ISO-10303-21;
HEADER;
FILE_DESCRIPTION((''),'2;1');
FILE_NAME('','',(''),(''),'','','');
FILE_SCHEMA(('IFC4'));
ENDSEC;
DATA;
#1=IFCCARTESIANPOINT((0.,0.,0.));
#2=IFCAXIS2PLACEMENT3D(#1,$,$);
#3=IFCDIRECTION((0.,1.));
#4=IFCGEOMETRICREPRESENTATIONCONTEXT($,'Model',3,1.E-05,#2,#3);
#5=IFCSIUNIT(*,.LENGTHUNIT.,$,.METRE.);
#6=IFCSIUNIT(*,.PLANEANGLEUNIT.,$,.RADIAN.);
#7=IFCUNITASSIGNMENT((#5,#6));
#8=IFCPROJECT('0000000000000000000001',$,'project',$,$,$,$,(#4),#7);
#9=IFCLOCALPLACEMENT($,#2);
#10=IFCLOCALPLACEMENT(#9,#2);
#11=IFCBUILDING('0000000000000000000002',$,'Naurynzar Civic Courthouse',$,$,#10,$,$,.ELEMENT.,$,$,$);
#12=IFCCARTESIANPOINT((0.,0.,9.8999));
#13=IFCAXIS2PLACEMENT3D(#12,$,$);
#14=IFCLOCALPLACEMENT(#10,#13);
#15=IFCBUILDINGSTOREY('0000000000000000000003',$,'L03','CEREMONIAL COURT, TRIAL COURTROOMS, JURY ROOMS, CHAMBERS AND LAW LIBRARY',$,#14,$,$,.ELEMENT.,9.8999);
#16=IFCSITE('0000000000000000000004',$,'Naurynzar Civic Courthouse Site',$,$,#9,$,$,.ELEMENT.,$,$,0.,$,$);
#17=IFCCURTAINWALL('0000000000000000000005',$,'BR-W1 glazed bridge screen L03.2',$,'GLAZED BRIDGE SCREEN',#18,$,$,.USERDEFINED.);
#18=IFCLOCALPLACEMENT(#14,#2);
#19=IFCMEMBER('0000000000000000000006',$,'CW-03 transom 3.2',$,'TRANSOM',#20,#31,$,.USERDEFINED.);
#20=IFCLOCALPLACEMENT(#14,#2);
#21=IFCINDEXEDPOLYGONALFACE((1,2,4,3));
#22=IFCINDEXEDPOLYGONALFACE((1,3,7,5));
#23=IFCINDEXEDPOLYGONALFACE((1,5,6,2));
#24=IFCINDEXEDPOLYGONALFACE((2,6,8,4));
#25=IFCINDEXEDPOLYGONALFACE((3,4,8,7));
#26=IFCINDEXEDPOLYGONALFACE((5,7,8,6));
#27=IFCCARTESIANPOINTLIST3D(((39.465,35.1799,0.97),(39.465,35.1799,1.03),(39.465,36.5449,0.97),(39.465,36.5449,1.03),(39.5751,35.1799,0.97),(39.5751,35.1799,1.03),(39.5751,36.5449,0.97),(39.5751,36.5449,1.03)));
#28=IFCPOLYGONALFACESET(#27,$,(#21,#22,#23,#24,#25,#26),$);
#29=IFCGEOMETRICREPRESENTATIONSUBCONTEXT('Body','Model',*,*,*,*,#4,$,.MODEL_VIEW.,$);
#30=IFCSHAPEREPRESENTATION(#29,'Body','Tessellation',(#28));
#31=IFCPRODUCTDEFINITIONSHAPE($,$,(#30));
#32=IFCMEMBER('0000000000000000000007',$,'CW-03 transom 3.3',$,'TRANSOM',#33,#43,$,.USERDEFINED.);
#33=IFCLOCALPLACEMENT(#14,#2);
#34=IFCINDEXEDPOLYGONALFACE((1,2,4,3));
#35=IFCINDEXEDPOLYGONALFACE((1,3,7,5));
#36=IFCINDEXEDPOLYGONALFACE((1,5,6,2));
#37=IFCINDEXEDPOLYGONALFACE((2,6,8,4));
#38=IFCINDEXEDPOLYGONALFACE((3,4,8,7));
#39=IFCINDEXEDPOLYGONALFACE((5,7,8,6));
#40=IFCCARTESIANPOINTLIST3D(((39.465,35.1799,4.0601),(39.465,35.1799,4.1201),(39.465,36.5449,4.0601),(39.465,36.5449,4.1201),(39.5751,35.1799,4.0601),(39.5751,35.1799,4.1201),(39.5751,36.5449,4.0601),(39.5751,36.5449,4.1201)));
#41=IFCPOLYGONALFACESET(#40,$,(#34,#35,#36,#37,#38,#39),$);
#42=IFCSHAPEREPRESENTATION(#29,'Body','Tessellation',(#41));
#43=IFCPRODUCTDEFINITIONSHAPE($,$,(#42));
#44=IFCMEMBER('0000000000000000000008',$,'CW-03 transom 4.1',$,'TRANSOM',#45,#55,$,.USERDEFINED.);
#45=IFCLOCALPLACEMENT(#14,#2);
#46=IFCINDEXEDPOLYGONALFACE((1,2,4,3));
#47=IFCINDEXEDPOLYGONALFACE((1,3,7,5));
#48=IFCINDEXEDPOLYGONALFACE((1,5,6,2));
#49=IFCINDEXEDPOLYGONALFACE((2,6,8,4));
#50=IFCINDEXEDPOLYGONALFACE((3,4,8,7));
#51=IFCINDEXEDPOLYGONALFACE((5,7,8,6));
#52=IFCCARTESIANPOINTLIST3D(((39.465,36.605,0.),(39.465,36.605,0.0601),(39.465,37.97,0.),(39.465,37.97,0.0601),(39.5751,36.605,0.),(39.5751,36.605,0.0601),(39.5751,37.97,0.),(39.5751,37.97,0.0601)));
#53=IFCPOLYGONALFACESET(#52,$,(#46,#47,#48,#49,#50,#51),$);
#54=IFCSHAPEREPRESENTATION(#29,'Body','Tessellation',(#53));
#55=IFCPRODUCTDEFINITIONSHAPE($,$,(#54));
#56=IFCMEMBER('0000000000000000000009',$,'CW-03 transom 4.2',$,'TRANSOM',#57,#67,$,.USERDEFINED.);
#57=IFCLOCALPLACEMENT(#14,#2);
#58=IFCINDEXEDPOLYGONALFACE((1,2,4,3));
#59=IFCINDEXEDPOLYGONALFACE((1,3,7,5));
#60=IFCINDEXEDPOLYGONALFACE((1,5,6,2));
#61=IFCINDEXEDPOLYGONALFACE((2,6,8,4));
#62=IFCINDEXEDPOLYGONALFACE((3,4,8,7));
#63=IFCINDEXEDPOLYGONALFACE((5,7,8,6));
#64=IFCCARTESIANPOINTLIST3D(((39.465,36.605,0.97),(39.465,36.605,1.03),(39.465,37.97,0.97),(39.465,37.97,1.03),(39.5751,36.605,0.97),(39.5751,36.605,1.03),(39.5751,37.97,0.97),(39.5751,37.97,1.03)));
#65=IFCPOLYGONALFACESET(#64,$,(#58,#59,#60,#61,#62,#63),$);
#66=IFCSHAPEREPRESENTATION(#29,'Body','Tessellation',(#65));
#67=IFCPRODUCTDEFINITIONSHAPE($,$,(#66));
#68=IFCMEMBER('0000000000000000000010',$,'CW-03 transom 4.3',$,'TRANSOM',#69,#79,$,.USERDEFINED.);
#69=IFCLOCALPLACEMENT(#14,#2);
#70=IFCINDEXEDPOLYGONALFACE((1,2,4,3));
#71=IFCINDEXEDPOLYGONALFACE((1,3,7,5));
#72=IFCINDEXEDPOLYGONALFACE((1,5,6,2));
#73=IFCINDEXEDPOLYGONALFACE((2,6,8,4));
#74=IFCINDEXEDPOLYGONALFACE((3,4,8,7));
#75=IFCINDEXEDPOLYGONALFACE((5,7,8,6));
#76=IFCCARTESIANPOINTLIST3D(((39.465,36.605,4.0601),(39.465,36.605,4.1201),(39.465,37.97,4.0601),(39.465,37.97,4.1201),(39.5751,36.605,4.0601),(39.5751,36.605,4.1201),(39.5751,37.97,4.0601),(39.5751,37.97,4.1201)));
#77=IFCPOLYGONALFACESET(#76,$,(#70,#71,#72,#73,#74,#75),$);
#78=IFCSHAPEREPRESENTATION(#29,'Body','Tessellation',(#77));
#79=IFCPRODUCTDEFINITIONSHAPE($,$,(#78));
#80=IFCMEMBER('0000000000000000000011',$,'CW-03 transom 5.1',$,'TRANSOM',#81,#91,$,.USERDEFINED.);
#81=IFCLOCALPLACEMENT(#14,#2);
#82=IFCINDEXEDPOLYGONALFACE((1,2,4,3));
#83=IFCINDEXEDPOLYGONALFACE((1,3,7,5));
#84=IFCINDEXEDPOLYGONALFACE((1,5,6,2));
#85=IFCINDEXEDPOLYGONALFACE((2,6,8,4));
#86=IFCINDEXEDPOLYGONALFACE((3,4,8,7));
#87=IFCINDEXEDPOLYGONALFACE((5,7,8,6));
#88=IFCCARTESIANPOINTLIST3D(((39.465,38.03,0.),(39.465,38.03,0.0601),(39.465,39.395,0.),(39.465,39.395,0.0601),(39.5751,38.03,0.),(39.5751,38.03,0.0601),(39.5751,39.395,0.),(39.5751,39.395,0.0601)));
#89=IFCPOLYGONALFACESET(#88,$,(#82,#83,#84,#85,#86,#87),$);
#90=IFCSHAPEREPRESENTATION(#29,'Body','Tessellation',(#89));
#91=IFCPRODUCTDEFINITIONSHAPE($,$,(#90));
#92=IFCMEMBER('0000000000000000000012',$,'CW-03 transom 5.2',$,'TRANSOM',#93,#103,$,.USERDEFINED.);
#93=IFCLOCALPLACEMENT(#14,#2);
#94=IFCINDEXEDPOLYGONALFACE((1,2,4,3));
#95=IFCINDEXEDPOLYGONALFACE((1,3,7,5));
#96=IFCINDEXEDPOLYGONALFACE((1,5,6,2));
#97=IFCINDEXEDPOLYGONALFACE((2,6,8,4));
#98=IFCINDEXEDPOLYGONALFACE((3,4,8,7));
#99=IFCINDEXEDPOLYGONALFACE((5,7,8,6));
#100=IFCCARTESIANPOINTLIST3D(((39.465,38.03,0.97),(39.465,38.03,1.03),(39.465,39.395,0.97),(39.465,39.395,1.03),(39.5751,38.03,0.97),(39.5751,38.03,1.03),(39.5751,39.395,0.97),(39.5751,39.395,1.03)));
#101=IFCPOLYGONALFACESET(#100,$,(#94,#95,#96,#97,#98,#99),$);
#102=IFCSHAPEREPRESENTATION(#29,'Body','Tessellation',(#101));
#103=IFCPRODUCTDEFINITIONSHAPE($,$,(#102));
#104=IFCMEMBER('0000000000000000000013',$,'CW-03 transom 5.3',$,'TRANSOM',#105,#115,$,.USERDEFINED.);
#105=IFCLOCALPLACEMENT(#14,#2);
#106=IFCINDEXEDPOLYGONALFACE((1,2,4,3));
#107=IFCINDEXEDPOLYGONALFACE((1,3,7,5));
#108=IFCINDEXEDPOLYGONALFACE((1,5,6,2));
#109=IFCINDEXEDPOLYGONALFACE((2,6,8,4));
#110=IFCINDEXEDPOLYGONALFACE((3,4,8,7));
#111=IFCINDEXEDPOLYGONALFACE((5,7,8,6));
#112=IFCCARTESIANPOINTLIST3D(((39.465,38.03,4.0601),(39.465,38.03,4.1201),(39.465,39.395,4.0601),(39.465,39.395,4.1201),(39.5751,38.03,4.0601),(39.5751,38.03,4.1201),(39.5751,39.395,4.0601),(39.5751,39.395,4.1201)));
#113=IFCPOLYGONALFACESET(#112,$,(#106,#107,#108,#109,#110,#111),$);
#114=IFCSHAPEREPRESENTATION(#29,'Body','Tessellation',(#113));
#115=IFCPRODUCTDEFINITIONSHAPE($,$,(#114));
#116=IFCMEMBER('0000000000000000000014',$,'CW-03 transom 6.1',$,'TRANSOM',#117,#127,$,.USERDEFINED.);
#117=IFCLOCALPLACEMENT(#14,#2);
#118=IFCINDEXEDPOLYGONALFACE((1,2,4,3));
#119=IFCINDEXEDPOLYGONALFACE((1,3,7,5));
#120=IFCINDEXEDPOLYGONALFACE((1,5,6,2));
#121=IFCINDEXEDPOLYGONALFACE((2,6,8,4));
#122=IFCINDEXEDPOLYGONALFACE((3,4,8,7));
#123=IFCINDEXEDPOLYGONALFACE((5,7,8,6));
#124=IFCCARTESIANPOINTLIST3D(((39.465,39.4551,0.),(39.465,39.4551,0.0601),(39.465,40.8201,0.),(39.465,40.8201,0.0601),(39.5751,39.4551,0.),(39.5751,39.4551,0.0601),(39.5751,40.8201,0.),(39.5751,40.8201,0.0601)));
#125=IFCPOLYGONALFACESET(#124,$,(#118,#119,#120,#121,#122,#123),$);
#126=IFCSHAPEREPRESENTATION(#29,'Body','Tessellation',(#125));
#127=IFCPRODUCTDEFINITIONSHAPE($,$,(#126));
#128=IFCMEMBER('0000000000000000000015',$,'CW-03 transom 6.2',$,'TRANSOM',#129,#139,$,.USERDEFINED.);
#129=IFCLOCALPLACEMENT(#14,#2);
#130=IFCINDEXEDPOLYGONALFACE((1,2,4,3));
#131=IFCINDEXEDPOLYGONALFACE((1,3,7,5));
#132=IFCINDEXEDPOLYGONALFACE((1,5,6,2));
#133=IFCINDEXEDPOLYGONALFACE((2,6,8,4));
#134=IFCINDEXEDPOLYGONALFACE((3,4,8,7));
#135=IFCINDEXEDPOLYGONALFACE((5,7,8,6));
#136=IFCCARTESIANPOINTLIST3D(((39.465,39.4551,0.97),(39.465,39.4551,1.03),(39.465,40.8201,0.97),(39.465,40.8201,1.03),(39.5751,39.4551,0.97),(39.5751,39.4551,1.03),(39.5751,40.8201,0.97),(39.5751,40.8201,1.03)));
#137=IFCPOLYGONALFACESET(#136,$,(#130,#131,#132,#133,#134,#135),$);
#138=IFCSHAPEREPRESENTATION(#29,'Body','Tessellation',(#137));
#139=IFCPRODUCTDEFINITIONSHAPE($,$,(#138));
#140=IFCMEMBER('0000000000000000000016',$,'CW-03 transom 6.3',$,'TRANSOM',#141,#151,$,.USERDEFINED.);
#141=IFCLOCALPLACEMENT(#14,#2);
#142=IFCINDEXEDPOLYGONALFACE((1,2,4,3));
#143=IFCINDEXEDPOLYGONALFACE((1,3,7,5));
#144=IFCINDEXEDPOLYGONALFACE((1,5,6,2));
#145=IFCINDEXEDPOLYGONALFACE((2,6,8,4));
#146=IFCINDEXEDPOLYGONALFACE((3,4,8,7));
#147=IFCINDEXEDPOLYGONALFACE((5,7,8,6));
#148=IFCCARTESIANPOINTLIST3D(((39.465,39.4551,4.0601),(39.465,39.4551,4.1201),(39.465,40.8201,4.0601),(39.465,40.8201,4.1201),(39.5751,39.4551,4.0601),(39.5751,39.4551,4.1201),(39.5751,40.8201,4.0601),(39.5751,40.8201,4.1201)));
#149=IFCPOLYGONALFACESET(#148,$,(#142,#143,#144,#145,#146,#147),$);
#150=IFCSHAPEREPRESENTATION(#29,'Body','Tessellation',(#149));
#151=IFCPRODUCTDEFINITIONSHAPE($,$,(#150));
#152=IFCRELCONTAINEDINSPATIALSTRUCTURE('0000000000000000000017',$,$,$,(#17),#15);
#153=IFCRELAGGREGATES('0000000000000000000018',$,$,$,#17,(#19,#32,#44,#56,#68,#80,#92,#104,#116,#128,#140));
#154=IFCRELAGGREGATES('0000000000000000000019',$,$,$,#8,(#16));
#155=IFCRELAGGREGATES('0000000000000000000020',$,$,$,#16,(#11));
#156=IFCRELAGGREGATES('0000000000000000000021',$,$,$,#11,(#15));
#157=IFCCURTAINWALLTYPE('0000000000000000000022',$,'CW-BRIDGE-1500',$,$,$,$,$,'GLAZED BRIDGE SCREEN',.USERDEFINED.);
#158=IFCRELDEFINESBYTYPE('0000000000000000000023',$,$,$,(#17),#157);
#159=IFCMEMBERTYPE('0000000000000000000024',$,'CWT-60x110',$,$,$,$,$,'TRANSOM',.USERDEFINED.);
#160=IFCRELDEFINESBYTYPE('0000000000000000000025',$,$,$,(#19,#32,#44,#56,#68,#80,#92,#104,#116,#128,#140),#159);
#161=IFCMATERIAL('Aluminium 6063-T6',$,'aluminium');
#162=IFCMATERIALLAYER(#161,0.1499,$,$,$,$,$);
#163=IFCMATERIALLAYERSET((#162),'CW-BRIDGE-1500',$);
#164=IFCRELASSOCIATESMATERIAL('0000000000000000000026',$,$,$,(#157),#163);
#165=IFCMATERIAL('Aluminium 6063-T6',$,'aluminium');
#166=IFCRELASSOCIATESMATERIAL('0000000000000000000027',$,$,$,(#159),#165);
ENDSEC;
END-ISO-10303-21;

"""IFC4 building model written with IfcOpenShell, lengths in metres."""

from ifc_helpers import new_model, si_unit, direction, frame, origin, origin_2d, place, context, subcontext, project, spatial, rectangle, extrude, material, layer, layer_set, material_profile, profile_set, type_object, element, aggregate, save


model = new_model("IFC4")

# Units and contexts
model_context = context("Model", 3, precision=1e-05, world=origin(), true_north=direction((0.0, 1.0)))
body_context = subcontext(model_context, "Body", "Model", "MODEL_VIEW")
ifc_project = project(units=[si_unit("LENGTHUNIT", "METRE"), si_unit("PLANEANGLEUNIT", "RADIAN")], contexts=[model_context])

# Site, building, storey
site_placement = place(None, origin())
site = spatial("IfcSite", under=ifc_project, at=site_placement, Name="Naurynzar Civic Courthouse Site", CompositionType="ELEMENT", RefElevation=0.0)
building_placement = place(site_placement, origin())
building = spatial("IfcBuilding", under=site, at=building_placement, Name="Naurynzar Civic Courthouse", CompositionType="ELEMENT")
storey_placement = place(building_placement, frame((0.0, 0.0, 9.8999)))
storey = spatial("IfcBuildingStorey", under=building, at=storey_placement, Name="L03", Description="CEREMONIAL COURT, TRIAL COURTROOMS, JURY ROOMS, CHAMBERS AND LAW LIBRARY", CompositionType="ELEMENT", Elevation=9.8999)

# Curtain wall, members
ifc_material_1 = material(Name="Aluminium 6063-T6", Category="aluminium")
ifc_layer_1 = layer(ifc_material_1, 0.1499)
ifc_layer_set_1 = layer_set([ifc_layer_1], Name="CW-BRIDGE-1500")
curtain_wall_type = type_object("IfcCurtainWallType", Name="CW-BRIDGE-1500", ElementType="GLAZED BRIDGE SCREEN", PredefinedType="USERDEFINED", material=ifc_layer_set_1)
curtain_wall_placement = place(storey_placement, origin())
curtain_wall = element("IfcCurtainWall", 1, at=curtain_wall_placement, inside=storey, type_object=curtain_wall_type, Name="BR-W1 glazed bridge screen L03.2", ObjectType="GLAZED BRIDGE SCREEN", PredefinedType="USERDEFINED")
ifc_material_2 = material(Name="Aluminium 6063-T6", Category="aluminium")
ifc_material_profile_1 = material_profile(ifc_material_2, rectangle(XDim=0.1101, YDim=0.0601, at=origin_2d()), Name="ALU TRANSOM 60x110")
ifc_profile_set_1 = profile_set([ifc_material_profile_1], Name="Aluminium 6063-T6")
member_type_1 = type_object("IfcMemberType", Name="CWT-60x110", ElementType="TRANSOM", PredefinedType="USERDEFINED", material=ifc_profile_set_1)
member_1_placement = place(storey_placement, frame((39.52, 35.1799, 1.0), z_axis=(0.0, 1.0, 0.0), x_axis=(-1.0, 0.0, 0.0)))
member_1 = element("IfcMember", 2, at=member_1_placement, type_object=member_type_1, Name="CW-03 transom 3.2", ObjectType="TRANSOM", PredefinedType="USERDEFINED", context=body_context, shape_type="SweptSolid", body=[
    extrude(rectangle(XDim=0.1101, YDim=0.0601, at=origin_2d()), origin(), (0.0, 0.0, 1.0), 1.365),
])
member_2_placement = place(storey_placement, frame((39.52, 35.1799, 4.0901), z_axis=(0.0, 1.0, 0.0), x_axis=(-1.0, 0.0, 0.0)))
member_2 = element("IfcMember", 3, at=member_2_placement, type_object=member_type_1, Name="CW-03 transom 3.3", ObjectType="TRANSOM", PredefinedType="USERDEFINED", context=body_context, shape_type="SweptSolid", body=[
    extrude(rectangle(XDim=0.1101, YDim=0.0601, at=origin_2d()), origin(), (0.0, 0.0, 1.0), 1.365),
])
member_3_placement = place(storey_placement, frame((39.52, 36.605, 0.03), z_axis=(0.0, 1.0, 0.0), x_axis=(-1.0, 0.0, 0.0)))
member_3 = element("IfcMember", 4, at=member_3_placement, type_object=member_type_1, Name="CW-03 transom 4.1", ObjectType="TRANSOM", PredefinedType="USERDEFINED", context=body_context, shape_type="SweptSolid", body=[
    extrude(rectangle(XDim=0.1101, YDim=0.0601, at=origin_2d()), origin(), (0.0, 0.0, 1.0), 1.365),
])
member_4_placement = place(storey_placement, frame((39.52, 36.605, 1.0), z_axis=(0.0, 1.0, 0.0), x_axis=(-1.0, 0.0, 0.0)))
member_4 = element("IfcMember", 5, at=member_4_placement, type_object=member_type_1, Name="CW-03 transom 4.2", ObjectType="TRANSOM", PredefinedType="USERDEFINED", context=body_context, shape_type="SweptSolid", body=[
    extrude(rectangle(XDim=0.1101, YDim=0.0601, at=origin_2d()), origin(), (0.0, 0.0, 1.0), 1.365),
])
member_5_placement = place(storey_placement, frame((39.52, 36.605, 4.0901), z_axis=(0.0, 1.0, 0.0), x_axis=(-1.0, 0.0, 0.0)))
member_5 = element("IfcMember", 6, at=member_5_placement, type_object=member_type_1, Name="CW-03 transom 4.3", ObjectType="TRANSOM", PredefinedType="USERDEFINED", context=body_context, shape_type="SweptSolid", body=[
    extrude(rectangle(XDim=0.1101, YDim=0.0601, at=origin_2d()), origin(), (0.0, 0.0, 1.0), 1.365),
])
member_6_placement = place(storey_placement, frame((39.52, 38.03, 0.03), z_axis=(0.0, 1.0, 0.0), x_axis=(-1.0, 0.0, 0.0)))
member_6 = element("IfcMember", 7, at=member_6_placement, type_object=member_type_1, Name="CW-03 transom 5.1", ObjectType="TRANSOM", PredefinedType="USERDEFINED", context=body_context, shape_type="SweptSolid", body=[
    extrude(rectangle(XDim=0.1101, YDim=0.0601, at=origin_2d()), origin(), (0.0, 0.0, 1.0), 1.365),
])
member_7_placement = place(storey_placement, frame((39.52, 38.03, 1.0), z_axis=(0.0, 1.0, 0.0), x_axis=(-1.0, 0.0, 0.0)))
member_7 = element("IfcMember", 8, at=member_7_placement, type_object=member_type_1, Name="CW-03 transom 5.2", ObjectType="TRANSOM", PredefinedType="USERDEFINED", context=body_context, shape_type="SweptSolid", body=[
    extrude(rectangle(XDim=0.1101, YDim=0.0601, at=origin_2d()), origin(), (0.0, 0.0, 1.0), 1.365),
])
member_8_placement = place(storey_placement, frame((39.52, 38.03, 4.0901), z_axis=(0.0, 1.0, 0.0), x_axis=(-1.0, 0.0, 0.0)))
member_8 = element("IfcMember", 9, at=member_8_placement, type_object=member_type_1, Name="CW-03 transom 5.3", ObjectType="TRANSOM", PredefinedType="USERDEFINED", context=body_context, shape_type="SweptSolid", body=[
    extrude(rectangle(XDim=0.1101, YDim=0.0601, at=origin_2d()), origin(), (0.0, 0.0, 1.0), 1.365),
])
member_9_placement = place(storey_placement, frame((39.52, 39.4551, 0.03), z_axis=(0.0, 1.0, 0.0), x_axis=(-1.0, 0.0, 0.0)))
member_9 = element("IfcMember", 10, at=member_9_placement, type_object=member_type_1, Name="CW-03 transom 6.1", ObjectType="TRANSOM", PredefinedType="USERDEFINED", context=body_context, shape_type="SweptSolid", body=[
    extrude(rectangle(XDim=0.1101, YDim=0.0601, at=origin_2d()), origin(), (0.0, 0.0, 1.0), 1.365),
])
member_10_placement = place(storey_placement, frame((39.52, 39.4551, 1.0), z_axis=(0.0, 1.0, 0.0), x_axis=(-1.0, 0.0, 0.0)))
member_10 = element("IfcMember", 11, at=member_10_placement, type_object=member_type_1, Name="CW-03 transom 6.2", ObjectType="TRANSOM", PredefinedType="USERDEFINED", context=body_context, shape_type="SweptSolid", body=[
    extrude(rectangle(XDim=0.1101, YDim=0.0601, at=origin_2d()), origin(), (0.0, 0.0, 1.0), 1.365),
])
member_11_placement = place(storey_placement, frame((39.52, 39.4551, 4.0901), z_axis=(0.0, 1.0, 0.0), x_axis=(-1.0, 0.0, 0.0)))
member_11 = element("IfcMember", 12, at=member_11_placement, type_object=member_type_1, Name="CW-03 transom 6.3", ObjectType="TRANSOM", PredefinedType="USERDEFINED", context=body_context, shape_type="SweptSolid", body=[
    extrude(rectangle(XDim=0.1101, YDim=0.0601, at=origin_2d()), origin(), (0.0, 0.0, 1.0), 1.365),
])

aggregate(curtain_wall, [member_1, member_2, member_3, member_4, member_5, member_6, member_7, member_8, member_9, member_10, member_11])

save(model, "model.ifc")
